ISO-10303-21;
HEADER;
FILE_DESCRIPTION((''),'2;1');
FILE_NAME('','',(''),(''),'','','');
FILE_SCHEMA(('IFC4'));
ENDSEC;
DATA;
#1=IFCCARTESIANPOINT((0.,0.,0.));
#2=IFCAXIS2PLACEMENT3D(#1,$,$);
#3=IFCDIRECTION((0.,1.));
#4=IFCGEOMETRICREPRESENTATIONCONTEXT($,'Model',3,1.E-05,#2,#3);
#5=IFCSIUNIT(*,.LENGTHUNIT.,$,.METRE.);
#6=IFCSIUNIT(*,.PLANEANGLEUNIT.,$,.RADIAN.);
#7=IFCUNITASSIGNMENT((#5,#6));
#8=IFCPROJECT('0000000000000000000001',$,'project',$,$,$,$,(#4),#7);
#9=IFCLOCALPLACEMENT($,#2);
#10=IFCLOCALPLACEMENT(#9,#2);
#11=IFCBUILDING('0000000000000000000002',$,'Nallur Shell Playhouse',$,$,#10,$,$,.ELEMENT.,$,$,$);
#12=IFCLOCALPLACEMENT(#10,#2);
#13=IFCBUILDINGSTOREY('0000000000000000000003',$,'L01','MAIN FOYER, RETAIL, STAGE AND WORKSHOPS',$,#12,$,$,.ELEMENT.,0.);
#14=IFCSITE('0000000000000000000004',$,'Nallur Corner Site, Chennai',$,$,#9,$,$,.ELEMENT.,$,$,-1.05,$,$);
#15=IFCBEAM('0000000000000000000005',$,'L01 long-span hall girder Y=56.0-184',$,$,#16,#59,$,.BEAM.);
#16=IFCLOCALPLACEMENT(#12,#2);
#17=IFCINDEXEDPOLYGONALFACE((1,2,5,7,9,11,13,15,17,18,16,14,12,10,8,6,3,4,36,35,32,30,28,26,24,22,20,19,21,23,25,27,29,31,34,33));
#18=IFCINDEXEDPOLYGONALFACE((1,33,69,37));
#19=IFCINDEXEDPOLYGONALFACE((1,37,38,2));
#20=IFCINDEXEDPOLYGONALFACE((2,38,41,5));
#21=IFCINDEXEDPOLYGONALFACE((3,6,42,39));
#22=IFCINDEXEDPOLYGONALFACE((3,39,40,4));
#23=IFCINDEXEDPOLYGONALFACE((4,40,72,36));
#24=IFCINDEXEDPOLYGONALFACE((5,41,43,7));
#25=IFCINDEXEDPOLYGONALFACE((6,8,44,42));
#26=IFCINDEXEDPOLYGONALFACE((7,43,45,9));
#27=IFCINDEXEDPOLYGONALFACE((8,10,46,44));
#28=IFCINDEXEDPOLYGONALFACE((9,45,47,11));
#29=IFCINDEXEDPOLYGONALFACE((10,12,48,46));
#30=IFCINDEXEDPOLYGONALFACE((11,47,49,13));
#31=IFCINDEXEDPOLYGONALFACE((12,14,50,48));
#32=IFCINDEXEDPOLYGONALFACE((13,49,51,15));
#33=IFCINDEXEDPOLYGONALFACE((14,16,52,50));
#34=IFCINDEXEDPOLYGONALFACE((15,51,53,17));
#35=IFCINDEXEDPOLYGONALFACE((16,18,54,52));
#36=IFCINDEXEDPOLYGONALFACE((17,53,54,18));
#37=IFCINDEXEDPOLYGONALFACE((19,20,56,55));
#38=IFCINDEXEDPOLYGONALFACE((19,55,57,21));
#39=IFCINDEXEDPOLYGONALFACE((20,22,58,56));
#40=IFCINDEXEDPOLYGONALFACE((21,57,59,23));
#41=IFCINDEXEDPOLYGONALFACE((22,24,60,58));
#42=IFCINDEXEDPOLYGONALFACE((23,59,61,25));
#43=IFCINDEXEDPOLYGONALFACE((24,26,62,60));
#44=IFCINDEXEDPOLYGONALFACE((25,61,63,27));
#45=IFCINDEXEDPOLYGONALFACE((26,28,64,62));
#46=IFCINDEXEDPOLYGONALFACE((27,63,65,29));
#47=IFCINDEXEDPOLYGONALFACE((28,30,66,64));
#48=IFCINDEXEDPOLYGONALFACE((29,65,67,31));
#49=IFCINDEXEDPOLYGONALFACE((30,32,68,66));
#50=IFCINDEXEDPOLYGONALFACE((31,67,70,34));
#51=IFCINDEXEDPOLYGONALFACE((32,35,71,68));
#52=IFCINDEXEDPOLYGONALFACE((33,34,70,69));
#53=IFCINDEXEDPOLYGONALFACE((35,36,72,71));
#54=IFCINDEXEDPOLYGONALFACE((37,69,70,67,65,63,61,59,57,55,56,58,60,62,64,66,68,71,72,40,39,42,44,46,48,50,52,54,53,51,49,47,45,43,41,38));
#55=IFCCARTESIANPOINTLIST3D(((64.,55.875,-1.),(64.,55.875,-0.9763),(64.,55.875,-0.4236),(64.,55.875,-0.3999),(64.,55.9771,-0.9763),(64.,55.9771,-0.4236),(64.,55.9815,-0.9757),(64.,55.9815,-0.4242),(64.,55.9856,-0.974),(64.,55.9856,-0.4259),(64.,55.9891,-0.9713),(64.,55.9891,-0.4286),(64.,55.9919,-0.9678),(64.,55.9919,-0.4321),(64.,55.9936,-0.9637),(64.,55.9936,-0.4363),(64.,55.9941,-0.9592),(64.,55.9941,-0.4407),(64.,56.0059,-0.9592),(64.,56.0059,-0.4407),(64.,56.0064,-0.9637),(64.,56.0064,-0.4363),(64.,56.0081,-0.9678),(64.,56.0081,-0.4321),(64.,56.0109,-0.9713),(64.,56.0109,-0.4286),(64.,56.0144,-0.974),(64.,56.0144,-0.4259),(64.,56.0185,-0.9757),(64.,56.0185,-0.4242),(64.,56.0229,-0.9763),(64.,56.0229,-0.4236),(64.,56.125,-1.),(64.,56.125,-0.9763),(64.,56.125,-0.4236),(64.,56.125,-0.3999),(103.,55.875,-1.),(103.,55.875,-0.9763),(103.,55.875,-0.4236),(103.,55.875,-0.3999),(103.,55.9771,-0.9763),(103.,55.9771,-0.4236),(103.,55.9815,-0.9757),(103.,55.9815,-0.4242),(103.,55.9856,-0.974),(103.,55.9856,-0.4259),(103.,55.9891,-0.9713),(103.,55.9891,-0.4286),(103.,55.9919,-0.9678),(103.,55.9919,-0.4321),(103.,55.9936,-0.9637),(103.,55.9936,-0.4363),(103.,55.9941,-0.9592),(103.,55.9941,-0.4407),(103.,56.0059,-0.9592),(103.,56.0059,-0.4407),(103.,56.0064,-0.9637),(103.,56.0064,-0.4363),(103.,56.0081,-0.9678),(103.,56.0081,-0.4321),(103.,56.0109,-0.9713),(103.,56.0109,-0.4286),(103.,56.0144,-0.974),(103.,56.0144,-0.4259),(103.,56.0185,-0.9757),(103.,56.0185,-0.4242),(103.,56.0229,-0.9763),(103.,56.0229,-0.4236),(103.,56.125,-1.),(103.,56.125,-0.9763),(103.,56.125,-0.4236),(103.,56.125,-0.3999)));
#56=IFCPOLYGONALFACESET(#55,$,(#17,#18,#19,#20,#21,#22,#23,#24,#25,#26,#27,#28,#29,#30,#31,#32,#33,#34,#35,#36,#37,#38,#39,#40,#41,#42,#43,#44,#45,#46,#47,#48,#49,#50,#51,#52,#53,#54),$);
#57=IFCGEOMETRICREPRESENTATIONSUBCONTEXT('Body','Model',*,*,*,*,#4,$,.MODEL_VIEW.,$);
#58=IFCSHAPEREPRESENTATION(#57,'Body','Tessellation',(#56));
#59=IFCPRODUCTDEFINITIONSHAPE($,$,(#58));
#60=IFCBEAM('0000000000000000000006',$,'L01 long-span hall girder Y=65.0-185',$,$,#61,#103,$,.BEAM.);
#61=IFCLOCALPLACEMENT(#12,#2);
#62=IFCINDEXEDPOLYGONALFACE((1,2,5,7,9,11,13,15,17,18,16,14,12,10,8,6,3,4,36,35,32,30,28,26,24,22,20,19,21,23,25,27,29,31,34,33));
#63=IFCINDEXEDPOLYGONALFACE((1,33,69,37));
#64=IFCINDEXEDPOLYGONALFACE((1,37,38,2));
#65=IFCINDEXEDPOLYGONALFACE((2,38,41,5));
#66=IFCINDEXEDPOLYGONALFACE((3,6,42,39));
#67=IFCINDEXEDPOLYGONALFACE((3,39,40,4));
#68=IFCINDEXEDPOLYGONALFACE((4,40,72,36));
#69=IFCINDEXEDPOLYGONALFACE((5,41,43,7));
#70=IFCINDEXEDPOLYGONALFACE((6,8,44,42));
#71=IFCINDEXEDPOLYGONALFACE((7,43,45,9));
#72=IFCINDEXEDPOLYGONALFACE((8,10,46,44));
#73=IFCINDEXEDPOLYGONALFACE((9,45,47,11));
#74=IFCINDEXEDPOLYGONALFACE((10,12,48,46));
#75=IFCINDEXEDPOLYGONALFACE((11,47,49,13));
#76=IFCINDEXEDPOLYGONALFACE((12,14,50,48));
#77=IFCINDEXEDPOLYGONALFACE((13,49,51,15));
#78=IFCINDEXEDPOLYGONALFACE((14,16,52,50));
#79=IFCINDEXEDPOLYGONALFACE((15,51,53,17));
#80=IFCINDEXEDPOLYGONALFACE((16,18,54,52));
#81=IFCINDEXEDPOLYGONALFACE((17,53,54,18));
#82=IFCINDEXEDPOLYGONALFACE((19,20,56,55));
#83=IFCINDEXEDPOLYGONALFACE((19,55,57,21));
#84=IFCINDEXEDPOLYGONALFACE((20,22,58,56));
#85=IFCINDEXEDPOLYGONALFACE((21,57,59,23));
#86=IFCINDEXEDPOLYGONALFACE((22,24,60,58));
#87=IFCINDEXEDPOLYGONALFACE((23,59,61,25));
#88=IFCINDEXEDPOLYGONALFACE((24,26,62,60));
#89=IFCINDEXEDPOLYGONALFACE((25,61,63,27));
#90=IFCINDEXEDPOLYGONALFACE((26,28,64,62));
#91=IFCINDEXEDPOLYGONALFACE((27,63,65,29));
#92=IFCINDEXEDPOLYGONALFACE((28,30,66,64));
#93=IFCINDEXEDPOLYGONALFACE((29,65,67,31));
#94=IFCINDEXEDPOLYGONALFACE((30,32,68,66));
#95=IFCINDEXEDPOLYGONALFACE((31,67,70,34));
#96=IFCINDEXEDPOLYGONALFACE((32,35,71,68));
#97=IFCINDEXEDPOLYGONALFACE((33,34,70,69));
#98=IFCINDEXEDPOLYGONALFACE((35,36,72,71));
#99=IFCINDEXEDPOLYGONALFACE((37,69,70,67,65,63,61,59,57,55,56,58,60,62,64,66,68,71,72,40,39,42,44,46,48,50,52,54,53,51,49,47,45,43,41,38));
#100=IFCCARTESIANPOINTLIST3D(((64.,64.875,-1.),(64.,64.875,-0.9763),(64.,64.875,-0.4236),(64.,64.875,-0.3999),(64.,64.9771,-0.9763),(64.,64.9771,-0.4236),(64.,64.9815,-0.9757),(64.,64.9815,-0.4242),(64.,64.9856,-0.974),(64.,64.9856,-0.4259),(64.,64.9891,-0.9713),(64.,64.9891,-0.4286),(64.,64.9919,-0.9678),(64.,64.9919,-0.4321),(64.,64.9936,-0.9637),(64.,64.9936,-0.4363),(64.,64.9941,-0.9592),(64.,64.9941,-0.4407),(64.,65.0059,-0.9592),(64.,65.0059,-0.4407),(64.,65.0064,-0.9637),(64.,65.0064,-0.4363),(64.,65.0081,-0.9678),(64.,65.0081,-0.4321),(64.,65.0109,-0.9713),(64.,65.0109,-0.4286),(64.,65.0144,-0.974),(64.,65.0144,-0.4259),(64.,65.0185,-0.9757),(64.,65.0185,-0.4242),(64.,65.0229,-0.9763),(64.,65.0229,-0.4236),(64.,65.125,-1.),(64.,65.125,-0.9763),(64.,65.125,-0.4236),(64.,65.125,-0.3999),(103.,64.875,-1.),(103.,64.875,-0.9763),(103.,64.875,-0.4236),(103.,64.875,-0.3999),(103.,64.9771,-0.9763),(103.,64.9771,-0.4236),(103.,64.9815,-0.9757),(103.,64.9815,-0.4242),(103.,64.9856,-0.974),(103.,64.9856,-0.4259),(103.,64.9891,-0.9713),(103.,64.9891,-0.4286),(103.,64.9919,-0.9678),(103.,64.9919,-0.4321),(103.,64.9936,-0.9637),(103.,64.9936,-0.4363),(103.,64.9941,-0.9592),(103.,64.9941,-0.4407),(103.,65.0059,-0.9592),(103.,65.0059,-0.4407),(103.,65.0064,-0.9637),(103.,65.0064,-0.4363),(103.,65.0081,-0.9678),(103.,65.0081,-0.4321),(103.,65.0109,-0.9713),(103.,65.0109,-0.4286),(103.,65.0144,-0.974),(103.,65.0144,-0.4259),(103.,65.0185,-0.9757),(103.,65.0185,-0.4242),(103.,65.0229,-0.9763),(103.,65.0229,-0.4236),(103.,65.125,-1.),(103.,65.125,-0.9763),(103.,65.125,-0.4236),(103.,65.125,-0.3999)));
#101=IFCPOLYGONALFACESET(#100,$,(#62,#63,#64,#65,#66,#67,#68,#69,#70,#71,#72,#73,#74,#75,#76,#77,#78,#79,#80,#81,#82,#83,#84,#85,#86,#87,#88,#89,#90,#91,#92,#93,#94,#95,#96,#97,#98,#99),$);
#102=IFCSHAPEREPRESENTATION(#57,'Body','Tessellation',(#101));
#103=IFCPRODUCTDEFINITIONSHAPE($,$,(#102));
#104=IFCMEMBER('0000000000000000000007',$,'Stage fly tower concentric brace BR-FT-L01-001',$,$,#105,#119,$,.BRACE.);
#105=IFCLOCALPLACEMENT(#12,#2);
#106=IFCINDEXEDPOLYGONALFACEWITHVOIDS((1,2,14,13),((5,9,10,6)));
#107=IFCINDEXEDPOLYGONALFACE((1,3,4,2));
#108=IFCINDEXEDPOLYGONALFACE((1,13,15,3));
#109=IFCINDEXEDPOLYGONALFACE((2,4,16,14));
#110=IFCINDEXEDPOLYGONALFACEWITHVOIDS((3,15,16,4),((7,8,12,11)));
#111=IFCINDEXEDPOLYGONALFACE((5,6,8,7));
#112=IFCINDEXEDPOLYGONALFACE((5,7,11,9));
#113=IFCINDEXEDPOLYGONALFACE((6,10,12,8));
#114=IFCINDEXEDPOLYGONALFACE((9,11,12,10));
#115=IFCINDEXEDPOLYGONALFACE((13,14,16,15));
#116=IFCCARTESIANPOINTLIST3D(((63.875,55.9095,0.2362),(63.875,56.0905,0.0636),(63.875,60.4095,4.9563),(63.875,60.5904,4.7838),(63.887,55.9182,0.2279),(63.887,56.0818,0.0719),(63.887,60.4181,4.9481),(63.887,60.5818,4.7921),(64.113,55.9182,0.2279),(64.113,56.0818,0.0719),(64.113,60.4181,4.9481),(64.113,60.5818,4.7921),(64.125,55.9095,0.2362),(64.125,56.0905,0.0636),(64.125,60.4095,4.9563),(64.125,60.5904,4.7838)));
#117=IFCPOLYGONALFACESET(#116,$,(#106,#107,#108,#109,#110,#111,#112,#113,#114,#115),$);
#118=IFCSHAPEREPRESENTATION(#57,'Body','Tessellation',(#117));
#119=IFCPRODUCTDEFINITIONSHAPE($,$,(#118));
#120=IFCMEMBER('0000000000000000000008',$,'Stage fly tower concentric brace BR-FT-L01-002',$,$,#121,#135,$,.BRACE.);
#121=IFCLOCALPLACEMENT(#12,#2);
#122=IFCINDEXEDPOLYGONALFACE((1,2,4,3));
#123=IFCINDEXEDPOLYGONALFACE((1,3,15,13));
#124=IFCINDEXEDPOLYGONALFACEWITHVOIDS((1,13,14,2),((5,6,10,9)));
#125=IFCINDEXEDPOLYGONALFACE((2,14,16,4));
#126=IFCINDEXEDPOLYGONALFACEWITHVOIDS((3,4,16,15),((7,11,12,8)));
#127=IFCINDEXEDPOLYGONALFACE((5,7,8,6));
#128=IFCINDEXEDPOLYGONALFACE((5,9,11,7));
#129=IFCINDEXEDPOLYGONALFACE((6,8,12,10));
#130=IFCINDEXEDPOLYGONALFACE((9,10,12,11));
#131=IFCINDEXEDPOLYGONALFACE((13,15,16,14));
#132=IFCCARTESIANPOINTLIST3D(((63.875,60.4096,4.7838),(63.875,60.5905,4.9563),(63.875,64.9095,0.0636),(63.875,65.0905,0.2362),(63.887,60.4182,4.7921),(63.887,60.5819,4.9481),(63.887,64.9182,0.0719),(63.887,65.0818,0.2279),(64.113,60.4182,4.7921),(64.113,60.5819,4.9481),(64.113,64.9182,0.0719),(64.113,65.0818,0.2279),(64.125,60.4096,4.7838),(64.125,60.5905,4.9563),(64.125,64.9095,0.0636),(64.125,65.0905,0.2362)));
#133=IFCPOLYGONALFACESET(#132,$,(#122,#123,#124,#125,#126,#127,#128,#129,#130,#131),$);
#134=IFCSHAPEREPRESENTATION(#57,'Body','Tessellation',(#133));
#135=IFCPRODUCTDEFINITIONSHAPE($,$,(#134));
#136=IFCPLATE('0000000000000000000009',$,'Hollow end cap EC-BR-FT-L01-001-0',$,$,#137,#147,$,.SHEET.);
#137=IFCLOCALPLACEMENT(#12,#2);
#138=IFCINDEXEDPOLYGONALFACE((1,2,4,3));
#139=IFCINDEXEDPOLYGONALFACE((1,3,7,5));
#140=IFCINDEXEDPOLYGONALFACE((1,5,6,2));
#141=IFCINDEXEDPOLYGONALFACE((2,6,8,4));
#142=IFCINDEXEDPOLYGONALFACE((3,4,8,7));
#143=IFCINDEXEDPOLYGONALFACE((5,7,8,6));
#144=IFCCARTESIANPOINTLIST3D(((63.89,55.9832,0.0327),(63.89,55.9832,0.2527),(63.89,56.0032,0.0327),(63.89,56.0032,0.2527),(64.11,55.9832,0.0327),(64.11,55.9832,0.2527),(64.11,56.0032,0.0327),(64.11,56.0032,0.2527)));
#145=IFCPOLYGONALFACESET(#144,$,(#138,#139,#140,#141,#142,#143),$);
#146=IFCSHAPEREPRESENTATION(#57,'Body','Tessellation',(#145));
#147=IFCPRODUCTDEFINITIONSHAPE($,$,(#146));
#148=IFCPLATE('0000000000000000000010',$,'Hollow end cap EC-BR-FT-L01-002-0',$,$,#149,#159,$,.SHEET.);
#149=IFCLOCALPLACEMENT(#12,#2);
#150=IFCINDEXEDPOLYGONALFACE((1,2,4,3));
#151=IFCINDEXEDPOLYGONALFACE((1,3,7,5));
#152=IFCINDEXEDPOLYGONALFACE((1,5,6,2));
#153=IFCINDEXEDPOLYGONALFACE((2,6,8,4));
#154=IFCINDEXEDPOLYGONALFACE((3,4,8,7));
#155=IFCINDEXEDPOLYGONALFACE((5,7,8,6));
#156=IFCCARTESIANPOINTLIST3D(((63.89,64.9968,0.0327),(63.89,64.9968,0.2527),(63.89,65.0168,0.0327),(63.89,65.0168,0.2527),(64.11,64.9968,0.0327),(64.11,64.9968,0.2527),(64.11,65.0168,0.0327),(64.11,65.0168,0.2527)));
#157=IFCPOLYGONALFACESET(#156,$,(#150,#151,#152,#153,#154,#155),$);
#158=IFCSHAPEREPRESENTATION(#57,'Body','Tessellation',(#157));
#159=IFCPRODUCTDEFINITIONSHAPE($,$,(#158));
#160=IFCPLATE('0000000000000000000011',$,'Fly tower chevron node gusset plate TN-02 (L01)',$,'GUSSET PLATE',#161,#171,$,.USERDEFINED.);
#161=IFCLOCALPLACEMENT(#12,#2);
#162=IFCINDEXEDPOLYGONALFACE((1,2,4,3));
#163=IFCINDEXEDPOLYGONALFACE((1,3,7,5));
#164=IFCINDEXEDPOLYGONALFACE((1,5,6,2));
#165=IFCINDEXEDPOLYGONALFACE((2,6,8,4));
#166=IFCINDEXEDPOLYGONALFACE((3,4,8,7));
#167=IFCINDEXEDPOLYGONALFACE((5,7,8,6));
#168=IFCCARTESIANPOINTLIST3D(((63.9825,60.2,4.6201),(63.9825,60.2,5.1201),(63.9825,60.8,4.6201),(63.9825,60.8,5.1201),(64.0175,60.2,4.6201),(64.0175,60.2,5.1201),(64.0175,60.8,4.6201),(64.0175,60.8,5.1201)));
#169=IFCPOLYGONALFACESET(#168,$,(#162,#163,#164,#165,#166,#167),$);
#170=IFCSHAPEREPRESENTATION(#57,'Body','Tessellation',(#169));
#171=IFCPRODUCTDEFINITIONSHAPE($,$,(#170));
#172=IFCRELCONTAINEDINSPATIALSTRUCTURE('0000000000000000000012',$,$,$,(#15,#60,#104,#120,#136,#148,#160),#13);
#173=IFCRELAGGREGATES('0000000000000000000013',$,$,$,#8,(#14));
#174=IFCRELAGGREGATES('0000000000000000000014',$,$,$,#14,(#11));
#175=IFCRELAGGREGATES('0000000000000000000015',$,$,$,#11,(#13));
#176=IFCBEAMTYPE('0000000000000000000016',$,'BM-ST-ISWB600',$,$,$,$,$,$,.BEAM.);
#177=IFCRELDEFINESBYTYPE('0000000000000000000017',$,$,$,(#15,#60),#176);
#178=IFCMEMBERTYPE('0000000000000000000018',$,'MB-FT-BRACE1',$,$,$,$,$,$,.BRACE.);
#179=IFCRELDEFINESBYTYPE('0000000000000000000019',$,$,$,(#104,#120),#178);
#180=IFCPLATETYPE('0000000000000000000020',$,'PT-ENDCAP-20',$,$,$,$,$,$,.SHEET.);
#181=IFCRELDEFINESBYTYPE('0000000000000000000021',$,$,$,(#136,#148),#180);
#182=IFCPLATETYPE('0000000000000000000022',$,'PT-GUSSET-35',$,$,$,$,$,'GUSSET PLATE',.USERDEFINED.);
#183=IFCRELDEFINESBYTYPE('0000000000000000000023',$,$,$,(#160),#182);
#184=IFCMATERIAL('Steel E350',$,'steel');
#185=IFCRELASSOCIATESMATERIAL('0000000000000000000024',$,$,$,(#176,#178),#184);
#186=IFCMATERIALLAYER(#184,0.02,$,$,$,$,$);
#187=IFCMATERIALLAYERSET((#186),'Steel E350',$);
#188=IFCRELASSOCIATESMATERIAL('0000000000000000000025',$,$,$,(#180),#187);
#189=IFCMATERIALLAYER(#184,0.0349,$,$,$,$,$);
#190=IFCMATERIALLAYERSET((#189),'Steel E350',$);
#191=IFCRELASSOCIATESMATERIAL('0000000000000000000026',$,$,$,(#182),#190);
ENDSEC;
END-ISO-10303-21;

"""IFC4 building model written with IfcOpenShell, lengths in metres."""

from ifc_helpers import new_model, si_unit, direction, frame, origin, origin_2d, place, context, subcontext, project, spatial, rectangle, hollow_rectangle, i_section, extrude, material, layer, layer_set, material_profile, profile_set, type_object, element, save


model = new_model("IFC4")

# Units and contexts
model_context = context("Model", 3, precision=1e-05, world=origin(), true_north=direction((0.0, 1.0)))
body_context = subcontext(model_context, "Body", "Model", "MODEL_VIEW")
ifc_project = project(units=[si_unit("LENGTHUNIT", "METRE"), si_unit("PLANEANGLEUNIT", "RADIAN")], contexts=[model_context])

# Site, building, storey
site_placement = place(None, origin())
site = spatial("IfcSite", under=ifc_project, at=site_placement, Name="Nallur Corner Site, Chennai", CompositionType="ELEMENT", RefElevation=-1.05)
building_placement = place(site_placement, origin())
building = spatial("IfcBuilding", under=site, at=building_placement, Name="Nallur Shell Playhouse", CompositionType="ELEMENT")
storey_placement = place(building_placement, origin())
storey = spatial("IfcBuildingStorey", under=building, at=storey_placement, Name="L01", Description="MAIN FOYER, RETAIL, STAGE AND WORKSHOPS", CompositionType="ELEMENT", Elevation=0.0)

# Shared definitions
ifc_material_1 = material(Name="Steel E350", Category="steel")

# Beams
ifc_material_profile_1 = material_profile(ifc_material_1, i_section(OverallWidth=0.25, OverallDepth=0.6001, WebThickness=0.0117, FlangeThickness=0.0237, FilletRadius=0.0171, at=origin_2d()), Name="ISWB 600")
ifc_profile_set_1 = profile_set([ifc_material_profile_1], Name="Steel E350")
beam_type_1 = type_object("IfcBeamType", Name="BM-ST-ISWB600", PredefinedType="BEAM", material=ifc_profile_set_1)
for number, where, z_axis, x_axis, name in (
    (1, (64.0, 56.0, -0.7), (1.0, 0.0, 0.0), (0.0, 1.0, 0.0), "L01 long-span hall girder Y=56.0-184"),
    (2, (64.0, 65.0, -0.7), (1.0, 0.0, 0.0), (0.0, 1.0, 0.0), "L01 long-span hall girder Y=65.0-185"),
):
    element("IfcBeam", number, at=place(storey_placement, frame(where, z_axis=z_axis, x_axis=x_axis)), inside=storey, type_object=beam_type_1, Name=name, PredefinedType="BEAM", context=body_context, shape_type="SweptSolid", body=[
        extrude(i_section(OverallWidth=0.25, OverallDepth=0.6001, WebThickness=0.0117, FlangeThickness=0.0237, FilletRadius=0.0171, at=origin_2d()), origin(), (0.0, 0.0, 1.0), 39.0),
    ])

# Members
ifc_material_profile_2 = material_profile(ifc_material_1, hollow_rectangle(XDim=0.25, YDim=0.25, WallThickness=0.012, at=origin_2d()), Name="SHS 250x250x12")
ifc_profile_set_2 = profile_set([ifc_material_profile_2], Name="Steel E350")
member_type = type_object("IfcMemberType", Name="MB-FT-BRACE1", PredefinedType="BRACE", material=ifc_profile_set_2)
for number, where, z_axis, x_axis, name in (
    (3, (64.0, 56.0, 0.1499), (0.0, 0.690022, 0.723789), (-1.0, 0.0, 0.0), "Stage fly tower concentric brace BR-FT-L01-001"),
    (4, (64.0, 65.0, 0.1499), (0.0, -0.690022, 0.723789), (1.0, 0.0, 0.0), "Stage fly tower concentric brace BR-FT-L01-002"),
):
    element("IfcMember", number, at=place(storey_placement, frame(where, z_axis=z_axis, x_axis=x_axis)), inside=storey, type_object=member_type, Name=name, PredefinedType="BRACE", context=body_context, shape_type="SweptSolid", body=[
        extrude(hollow_rectangle(XDim=0.25, YDim=0.25, WallThickness=0.012, at=origin_2d()), origin(), (0.0, 0.0, 1.0), 6.5215),
    ])

# Plates
ifc_layer_1 = layer(ifc_material_1, 0.02)
ifc_layer_set_1 = layer_set([ifc_layer_1], Name="Steel E350")
plate_type_1 = type_object("IfcPlateType", Name="PT-ENDCAP-20", PredefinedType="SHEET", material=ifc_layer_set_1)
for number, where, z_axis, x_axis, name in (
    (5, (64.0, 55.9932, 0.0327), (0.0, 0.0, 1.0), (1.0, 0.0, 0.0), "Hollow end cap EC-BR-FT-L01-001-0"),
    (6, (64.0, 65.0068, 0.0327), (0.0, 0.0, 1.0), (1.0, 0.0, 0.0), "Hollow end cap EC-BR-FT-L01-002-0"),
):
    element("IfcPlate", number, at=place(storey_placement, frame(where, z_axis=z_axis, x_axis=x_axis)), inside=storey, type_object=plate_type_1, Name=name, PredefinedType="SHEET", context=body_context, shape_type="SweptSolid", body=[
        extrude(rectangle(XDim=0.22, YDim=0.02, at=origin_2d()), origin(), (0.0, 0.0, 1.0), 0.22),
    ])
ifc_layer_2 = layer(ifc_material_1, 0.0349)
ifc_layer_set_2 = layer_set([ifc_layer_2], Name="Steel E350")
plate_type_2 = type_object("IfcPlateType", Name="PT-GUSSET-35", ElementType="GUSSET PLATE", PredefinedType="USERDEFINED", material=ifc_layer_set_2)
plate_placement = place(storey_placement, frame((64.0, 60.5, 4.6201), z_axis=(0.0, 0.0, 1.0), x_axis=(1.0, 0.0, 0.0)))
element("IfcPlate", 7, at=plate_placement, inside=storey, type_object=plate_type_2, Name="Fly tower chevron node gusset plate TN-02 (L01)", ObjectType="GUSSET PLATE", PredefinedType="USERDEFINED", context=body_context, shape_type="SweptSolid", body=[
    extrude(rectangle(XDim=0.0349, YDim=0.6001, at=origin_2d()), origin(), (0.0, 0.0, 1.0), 0.5),
])

save(model, "model.ifc")
